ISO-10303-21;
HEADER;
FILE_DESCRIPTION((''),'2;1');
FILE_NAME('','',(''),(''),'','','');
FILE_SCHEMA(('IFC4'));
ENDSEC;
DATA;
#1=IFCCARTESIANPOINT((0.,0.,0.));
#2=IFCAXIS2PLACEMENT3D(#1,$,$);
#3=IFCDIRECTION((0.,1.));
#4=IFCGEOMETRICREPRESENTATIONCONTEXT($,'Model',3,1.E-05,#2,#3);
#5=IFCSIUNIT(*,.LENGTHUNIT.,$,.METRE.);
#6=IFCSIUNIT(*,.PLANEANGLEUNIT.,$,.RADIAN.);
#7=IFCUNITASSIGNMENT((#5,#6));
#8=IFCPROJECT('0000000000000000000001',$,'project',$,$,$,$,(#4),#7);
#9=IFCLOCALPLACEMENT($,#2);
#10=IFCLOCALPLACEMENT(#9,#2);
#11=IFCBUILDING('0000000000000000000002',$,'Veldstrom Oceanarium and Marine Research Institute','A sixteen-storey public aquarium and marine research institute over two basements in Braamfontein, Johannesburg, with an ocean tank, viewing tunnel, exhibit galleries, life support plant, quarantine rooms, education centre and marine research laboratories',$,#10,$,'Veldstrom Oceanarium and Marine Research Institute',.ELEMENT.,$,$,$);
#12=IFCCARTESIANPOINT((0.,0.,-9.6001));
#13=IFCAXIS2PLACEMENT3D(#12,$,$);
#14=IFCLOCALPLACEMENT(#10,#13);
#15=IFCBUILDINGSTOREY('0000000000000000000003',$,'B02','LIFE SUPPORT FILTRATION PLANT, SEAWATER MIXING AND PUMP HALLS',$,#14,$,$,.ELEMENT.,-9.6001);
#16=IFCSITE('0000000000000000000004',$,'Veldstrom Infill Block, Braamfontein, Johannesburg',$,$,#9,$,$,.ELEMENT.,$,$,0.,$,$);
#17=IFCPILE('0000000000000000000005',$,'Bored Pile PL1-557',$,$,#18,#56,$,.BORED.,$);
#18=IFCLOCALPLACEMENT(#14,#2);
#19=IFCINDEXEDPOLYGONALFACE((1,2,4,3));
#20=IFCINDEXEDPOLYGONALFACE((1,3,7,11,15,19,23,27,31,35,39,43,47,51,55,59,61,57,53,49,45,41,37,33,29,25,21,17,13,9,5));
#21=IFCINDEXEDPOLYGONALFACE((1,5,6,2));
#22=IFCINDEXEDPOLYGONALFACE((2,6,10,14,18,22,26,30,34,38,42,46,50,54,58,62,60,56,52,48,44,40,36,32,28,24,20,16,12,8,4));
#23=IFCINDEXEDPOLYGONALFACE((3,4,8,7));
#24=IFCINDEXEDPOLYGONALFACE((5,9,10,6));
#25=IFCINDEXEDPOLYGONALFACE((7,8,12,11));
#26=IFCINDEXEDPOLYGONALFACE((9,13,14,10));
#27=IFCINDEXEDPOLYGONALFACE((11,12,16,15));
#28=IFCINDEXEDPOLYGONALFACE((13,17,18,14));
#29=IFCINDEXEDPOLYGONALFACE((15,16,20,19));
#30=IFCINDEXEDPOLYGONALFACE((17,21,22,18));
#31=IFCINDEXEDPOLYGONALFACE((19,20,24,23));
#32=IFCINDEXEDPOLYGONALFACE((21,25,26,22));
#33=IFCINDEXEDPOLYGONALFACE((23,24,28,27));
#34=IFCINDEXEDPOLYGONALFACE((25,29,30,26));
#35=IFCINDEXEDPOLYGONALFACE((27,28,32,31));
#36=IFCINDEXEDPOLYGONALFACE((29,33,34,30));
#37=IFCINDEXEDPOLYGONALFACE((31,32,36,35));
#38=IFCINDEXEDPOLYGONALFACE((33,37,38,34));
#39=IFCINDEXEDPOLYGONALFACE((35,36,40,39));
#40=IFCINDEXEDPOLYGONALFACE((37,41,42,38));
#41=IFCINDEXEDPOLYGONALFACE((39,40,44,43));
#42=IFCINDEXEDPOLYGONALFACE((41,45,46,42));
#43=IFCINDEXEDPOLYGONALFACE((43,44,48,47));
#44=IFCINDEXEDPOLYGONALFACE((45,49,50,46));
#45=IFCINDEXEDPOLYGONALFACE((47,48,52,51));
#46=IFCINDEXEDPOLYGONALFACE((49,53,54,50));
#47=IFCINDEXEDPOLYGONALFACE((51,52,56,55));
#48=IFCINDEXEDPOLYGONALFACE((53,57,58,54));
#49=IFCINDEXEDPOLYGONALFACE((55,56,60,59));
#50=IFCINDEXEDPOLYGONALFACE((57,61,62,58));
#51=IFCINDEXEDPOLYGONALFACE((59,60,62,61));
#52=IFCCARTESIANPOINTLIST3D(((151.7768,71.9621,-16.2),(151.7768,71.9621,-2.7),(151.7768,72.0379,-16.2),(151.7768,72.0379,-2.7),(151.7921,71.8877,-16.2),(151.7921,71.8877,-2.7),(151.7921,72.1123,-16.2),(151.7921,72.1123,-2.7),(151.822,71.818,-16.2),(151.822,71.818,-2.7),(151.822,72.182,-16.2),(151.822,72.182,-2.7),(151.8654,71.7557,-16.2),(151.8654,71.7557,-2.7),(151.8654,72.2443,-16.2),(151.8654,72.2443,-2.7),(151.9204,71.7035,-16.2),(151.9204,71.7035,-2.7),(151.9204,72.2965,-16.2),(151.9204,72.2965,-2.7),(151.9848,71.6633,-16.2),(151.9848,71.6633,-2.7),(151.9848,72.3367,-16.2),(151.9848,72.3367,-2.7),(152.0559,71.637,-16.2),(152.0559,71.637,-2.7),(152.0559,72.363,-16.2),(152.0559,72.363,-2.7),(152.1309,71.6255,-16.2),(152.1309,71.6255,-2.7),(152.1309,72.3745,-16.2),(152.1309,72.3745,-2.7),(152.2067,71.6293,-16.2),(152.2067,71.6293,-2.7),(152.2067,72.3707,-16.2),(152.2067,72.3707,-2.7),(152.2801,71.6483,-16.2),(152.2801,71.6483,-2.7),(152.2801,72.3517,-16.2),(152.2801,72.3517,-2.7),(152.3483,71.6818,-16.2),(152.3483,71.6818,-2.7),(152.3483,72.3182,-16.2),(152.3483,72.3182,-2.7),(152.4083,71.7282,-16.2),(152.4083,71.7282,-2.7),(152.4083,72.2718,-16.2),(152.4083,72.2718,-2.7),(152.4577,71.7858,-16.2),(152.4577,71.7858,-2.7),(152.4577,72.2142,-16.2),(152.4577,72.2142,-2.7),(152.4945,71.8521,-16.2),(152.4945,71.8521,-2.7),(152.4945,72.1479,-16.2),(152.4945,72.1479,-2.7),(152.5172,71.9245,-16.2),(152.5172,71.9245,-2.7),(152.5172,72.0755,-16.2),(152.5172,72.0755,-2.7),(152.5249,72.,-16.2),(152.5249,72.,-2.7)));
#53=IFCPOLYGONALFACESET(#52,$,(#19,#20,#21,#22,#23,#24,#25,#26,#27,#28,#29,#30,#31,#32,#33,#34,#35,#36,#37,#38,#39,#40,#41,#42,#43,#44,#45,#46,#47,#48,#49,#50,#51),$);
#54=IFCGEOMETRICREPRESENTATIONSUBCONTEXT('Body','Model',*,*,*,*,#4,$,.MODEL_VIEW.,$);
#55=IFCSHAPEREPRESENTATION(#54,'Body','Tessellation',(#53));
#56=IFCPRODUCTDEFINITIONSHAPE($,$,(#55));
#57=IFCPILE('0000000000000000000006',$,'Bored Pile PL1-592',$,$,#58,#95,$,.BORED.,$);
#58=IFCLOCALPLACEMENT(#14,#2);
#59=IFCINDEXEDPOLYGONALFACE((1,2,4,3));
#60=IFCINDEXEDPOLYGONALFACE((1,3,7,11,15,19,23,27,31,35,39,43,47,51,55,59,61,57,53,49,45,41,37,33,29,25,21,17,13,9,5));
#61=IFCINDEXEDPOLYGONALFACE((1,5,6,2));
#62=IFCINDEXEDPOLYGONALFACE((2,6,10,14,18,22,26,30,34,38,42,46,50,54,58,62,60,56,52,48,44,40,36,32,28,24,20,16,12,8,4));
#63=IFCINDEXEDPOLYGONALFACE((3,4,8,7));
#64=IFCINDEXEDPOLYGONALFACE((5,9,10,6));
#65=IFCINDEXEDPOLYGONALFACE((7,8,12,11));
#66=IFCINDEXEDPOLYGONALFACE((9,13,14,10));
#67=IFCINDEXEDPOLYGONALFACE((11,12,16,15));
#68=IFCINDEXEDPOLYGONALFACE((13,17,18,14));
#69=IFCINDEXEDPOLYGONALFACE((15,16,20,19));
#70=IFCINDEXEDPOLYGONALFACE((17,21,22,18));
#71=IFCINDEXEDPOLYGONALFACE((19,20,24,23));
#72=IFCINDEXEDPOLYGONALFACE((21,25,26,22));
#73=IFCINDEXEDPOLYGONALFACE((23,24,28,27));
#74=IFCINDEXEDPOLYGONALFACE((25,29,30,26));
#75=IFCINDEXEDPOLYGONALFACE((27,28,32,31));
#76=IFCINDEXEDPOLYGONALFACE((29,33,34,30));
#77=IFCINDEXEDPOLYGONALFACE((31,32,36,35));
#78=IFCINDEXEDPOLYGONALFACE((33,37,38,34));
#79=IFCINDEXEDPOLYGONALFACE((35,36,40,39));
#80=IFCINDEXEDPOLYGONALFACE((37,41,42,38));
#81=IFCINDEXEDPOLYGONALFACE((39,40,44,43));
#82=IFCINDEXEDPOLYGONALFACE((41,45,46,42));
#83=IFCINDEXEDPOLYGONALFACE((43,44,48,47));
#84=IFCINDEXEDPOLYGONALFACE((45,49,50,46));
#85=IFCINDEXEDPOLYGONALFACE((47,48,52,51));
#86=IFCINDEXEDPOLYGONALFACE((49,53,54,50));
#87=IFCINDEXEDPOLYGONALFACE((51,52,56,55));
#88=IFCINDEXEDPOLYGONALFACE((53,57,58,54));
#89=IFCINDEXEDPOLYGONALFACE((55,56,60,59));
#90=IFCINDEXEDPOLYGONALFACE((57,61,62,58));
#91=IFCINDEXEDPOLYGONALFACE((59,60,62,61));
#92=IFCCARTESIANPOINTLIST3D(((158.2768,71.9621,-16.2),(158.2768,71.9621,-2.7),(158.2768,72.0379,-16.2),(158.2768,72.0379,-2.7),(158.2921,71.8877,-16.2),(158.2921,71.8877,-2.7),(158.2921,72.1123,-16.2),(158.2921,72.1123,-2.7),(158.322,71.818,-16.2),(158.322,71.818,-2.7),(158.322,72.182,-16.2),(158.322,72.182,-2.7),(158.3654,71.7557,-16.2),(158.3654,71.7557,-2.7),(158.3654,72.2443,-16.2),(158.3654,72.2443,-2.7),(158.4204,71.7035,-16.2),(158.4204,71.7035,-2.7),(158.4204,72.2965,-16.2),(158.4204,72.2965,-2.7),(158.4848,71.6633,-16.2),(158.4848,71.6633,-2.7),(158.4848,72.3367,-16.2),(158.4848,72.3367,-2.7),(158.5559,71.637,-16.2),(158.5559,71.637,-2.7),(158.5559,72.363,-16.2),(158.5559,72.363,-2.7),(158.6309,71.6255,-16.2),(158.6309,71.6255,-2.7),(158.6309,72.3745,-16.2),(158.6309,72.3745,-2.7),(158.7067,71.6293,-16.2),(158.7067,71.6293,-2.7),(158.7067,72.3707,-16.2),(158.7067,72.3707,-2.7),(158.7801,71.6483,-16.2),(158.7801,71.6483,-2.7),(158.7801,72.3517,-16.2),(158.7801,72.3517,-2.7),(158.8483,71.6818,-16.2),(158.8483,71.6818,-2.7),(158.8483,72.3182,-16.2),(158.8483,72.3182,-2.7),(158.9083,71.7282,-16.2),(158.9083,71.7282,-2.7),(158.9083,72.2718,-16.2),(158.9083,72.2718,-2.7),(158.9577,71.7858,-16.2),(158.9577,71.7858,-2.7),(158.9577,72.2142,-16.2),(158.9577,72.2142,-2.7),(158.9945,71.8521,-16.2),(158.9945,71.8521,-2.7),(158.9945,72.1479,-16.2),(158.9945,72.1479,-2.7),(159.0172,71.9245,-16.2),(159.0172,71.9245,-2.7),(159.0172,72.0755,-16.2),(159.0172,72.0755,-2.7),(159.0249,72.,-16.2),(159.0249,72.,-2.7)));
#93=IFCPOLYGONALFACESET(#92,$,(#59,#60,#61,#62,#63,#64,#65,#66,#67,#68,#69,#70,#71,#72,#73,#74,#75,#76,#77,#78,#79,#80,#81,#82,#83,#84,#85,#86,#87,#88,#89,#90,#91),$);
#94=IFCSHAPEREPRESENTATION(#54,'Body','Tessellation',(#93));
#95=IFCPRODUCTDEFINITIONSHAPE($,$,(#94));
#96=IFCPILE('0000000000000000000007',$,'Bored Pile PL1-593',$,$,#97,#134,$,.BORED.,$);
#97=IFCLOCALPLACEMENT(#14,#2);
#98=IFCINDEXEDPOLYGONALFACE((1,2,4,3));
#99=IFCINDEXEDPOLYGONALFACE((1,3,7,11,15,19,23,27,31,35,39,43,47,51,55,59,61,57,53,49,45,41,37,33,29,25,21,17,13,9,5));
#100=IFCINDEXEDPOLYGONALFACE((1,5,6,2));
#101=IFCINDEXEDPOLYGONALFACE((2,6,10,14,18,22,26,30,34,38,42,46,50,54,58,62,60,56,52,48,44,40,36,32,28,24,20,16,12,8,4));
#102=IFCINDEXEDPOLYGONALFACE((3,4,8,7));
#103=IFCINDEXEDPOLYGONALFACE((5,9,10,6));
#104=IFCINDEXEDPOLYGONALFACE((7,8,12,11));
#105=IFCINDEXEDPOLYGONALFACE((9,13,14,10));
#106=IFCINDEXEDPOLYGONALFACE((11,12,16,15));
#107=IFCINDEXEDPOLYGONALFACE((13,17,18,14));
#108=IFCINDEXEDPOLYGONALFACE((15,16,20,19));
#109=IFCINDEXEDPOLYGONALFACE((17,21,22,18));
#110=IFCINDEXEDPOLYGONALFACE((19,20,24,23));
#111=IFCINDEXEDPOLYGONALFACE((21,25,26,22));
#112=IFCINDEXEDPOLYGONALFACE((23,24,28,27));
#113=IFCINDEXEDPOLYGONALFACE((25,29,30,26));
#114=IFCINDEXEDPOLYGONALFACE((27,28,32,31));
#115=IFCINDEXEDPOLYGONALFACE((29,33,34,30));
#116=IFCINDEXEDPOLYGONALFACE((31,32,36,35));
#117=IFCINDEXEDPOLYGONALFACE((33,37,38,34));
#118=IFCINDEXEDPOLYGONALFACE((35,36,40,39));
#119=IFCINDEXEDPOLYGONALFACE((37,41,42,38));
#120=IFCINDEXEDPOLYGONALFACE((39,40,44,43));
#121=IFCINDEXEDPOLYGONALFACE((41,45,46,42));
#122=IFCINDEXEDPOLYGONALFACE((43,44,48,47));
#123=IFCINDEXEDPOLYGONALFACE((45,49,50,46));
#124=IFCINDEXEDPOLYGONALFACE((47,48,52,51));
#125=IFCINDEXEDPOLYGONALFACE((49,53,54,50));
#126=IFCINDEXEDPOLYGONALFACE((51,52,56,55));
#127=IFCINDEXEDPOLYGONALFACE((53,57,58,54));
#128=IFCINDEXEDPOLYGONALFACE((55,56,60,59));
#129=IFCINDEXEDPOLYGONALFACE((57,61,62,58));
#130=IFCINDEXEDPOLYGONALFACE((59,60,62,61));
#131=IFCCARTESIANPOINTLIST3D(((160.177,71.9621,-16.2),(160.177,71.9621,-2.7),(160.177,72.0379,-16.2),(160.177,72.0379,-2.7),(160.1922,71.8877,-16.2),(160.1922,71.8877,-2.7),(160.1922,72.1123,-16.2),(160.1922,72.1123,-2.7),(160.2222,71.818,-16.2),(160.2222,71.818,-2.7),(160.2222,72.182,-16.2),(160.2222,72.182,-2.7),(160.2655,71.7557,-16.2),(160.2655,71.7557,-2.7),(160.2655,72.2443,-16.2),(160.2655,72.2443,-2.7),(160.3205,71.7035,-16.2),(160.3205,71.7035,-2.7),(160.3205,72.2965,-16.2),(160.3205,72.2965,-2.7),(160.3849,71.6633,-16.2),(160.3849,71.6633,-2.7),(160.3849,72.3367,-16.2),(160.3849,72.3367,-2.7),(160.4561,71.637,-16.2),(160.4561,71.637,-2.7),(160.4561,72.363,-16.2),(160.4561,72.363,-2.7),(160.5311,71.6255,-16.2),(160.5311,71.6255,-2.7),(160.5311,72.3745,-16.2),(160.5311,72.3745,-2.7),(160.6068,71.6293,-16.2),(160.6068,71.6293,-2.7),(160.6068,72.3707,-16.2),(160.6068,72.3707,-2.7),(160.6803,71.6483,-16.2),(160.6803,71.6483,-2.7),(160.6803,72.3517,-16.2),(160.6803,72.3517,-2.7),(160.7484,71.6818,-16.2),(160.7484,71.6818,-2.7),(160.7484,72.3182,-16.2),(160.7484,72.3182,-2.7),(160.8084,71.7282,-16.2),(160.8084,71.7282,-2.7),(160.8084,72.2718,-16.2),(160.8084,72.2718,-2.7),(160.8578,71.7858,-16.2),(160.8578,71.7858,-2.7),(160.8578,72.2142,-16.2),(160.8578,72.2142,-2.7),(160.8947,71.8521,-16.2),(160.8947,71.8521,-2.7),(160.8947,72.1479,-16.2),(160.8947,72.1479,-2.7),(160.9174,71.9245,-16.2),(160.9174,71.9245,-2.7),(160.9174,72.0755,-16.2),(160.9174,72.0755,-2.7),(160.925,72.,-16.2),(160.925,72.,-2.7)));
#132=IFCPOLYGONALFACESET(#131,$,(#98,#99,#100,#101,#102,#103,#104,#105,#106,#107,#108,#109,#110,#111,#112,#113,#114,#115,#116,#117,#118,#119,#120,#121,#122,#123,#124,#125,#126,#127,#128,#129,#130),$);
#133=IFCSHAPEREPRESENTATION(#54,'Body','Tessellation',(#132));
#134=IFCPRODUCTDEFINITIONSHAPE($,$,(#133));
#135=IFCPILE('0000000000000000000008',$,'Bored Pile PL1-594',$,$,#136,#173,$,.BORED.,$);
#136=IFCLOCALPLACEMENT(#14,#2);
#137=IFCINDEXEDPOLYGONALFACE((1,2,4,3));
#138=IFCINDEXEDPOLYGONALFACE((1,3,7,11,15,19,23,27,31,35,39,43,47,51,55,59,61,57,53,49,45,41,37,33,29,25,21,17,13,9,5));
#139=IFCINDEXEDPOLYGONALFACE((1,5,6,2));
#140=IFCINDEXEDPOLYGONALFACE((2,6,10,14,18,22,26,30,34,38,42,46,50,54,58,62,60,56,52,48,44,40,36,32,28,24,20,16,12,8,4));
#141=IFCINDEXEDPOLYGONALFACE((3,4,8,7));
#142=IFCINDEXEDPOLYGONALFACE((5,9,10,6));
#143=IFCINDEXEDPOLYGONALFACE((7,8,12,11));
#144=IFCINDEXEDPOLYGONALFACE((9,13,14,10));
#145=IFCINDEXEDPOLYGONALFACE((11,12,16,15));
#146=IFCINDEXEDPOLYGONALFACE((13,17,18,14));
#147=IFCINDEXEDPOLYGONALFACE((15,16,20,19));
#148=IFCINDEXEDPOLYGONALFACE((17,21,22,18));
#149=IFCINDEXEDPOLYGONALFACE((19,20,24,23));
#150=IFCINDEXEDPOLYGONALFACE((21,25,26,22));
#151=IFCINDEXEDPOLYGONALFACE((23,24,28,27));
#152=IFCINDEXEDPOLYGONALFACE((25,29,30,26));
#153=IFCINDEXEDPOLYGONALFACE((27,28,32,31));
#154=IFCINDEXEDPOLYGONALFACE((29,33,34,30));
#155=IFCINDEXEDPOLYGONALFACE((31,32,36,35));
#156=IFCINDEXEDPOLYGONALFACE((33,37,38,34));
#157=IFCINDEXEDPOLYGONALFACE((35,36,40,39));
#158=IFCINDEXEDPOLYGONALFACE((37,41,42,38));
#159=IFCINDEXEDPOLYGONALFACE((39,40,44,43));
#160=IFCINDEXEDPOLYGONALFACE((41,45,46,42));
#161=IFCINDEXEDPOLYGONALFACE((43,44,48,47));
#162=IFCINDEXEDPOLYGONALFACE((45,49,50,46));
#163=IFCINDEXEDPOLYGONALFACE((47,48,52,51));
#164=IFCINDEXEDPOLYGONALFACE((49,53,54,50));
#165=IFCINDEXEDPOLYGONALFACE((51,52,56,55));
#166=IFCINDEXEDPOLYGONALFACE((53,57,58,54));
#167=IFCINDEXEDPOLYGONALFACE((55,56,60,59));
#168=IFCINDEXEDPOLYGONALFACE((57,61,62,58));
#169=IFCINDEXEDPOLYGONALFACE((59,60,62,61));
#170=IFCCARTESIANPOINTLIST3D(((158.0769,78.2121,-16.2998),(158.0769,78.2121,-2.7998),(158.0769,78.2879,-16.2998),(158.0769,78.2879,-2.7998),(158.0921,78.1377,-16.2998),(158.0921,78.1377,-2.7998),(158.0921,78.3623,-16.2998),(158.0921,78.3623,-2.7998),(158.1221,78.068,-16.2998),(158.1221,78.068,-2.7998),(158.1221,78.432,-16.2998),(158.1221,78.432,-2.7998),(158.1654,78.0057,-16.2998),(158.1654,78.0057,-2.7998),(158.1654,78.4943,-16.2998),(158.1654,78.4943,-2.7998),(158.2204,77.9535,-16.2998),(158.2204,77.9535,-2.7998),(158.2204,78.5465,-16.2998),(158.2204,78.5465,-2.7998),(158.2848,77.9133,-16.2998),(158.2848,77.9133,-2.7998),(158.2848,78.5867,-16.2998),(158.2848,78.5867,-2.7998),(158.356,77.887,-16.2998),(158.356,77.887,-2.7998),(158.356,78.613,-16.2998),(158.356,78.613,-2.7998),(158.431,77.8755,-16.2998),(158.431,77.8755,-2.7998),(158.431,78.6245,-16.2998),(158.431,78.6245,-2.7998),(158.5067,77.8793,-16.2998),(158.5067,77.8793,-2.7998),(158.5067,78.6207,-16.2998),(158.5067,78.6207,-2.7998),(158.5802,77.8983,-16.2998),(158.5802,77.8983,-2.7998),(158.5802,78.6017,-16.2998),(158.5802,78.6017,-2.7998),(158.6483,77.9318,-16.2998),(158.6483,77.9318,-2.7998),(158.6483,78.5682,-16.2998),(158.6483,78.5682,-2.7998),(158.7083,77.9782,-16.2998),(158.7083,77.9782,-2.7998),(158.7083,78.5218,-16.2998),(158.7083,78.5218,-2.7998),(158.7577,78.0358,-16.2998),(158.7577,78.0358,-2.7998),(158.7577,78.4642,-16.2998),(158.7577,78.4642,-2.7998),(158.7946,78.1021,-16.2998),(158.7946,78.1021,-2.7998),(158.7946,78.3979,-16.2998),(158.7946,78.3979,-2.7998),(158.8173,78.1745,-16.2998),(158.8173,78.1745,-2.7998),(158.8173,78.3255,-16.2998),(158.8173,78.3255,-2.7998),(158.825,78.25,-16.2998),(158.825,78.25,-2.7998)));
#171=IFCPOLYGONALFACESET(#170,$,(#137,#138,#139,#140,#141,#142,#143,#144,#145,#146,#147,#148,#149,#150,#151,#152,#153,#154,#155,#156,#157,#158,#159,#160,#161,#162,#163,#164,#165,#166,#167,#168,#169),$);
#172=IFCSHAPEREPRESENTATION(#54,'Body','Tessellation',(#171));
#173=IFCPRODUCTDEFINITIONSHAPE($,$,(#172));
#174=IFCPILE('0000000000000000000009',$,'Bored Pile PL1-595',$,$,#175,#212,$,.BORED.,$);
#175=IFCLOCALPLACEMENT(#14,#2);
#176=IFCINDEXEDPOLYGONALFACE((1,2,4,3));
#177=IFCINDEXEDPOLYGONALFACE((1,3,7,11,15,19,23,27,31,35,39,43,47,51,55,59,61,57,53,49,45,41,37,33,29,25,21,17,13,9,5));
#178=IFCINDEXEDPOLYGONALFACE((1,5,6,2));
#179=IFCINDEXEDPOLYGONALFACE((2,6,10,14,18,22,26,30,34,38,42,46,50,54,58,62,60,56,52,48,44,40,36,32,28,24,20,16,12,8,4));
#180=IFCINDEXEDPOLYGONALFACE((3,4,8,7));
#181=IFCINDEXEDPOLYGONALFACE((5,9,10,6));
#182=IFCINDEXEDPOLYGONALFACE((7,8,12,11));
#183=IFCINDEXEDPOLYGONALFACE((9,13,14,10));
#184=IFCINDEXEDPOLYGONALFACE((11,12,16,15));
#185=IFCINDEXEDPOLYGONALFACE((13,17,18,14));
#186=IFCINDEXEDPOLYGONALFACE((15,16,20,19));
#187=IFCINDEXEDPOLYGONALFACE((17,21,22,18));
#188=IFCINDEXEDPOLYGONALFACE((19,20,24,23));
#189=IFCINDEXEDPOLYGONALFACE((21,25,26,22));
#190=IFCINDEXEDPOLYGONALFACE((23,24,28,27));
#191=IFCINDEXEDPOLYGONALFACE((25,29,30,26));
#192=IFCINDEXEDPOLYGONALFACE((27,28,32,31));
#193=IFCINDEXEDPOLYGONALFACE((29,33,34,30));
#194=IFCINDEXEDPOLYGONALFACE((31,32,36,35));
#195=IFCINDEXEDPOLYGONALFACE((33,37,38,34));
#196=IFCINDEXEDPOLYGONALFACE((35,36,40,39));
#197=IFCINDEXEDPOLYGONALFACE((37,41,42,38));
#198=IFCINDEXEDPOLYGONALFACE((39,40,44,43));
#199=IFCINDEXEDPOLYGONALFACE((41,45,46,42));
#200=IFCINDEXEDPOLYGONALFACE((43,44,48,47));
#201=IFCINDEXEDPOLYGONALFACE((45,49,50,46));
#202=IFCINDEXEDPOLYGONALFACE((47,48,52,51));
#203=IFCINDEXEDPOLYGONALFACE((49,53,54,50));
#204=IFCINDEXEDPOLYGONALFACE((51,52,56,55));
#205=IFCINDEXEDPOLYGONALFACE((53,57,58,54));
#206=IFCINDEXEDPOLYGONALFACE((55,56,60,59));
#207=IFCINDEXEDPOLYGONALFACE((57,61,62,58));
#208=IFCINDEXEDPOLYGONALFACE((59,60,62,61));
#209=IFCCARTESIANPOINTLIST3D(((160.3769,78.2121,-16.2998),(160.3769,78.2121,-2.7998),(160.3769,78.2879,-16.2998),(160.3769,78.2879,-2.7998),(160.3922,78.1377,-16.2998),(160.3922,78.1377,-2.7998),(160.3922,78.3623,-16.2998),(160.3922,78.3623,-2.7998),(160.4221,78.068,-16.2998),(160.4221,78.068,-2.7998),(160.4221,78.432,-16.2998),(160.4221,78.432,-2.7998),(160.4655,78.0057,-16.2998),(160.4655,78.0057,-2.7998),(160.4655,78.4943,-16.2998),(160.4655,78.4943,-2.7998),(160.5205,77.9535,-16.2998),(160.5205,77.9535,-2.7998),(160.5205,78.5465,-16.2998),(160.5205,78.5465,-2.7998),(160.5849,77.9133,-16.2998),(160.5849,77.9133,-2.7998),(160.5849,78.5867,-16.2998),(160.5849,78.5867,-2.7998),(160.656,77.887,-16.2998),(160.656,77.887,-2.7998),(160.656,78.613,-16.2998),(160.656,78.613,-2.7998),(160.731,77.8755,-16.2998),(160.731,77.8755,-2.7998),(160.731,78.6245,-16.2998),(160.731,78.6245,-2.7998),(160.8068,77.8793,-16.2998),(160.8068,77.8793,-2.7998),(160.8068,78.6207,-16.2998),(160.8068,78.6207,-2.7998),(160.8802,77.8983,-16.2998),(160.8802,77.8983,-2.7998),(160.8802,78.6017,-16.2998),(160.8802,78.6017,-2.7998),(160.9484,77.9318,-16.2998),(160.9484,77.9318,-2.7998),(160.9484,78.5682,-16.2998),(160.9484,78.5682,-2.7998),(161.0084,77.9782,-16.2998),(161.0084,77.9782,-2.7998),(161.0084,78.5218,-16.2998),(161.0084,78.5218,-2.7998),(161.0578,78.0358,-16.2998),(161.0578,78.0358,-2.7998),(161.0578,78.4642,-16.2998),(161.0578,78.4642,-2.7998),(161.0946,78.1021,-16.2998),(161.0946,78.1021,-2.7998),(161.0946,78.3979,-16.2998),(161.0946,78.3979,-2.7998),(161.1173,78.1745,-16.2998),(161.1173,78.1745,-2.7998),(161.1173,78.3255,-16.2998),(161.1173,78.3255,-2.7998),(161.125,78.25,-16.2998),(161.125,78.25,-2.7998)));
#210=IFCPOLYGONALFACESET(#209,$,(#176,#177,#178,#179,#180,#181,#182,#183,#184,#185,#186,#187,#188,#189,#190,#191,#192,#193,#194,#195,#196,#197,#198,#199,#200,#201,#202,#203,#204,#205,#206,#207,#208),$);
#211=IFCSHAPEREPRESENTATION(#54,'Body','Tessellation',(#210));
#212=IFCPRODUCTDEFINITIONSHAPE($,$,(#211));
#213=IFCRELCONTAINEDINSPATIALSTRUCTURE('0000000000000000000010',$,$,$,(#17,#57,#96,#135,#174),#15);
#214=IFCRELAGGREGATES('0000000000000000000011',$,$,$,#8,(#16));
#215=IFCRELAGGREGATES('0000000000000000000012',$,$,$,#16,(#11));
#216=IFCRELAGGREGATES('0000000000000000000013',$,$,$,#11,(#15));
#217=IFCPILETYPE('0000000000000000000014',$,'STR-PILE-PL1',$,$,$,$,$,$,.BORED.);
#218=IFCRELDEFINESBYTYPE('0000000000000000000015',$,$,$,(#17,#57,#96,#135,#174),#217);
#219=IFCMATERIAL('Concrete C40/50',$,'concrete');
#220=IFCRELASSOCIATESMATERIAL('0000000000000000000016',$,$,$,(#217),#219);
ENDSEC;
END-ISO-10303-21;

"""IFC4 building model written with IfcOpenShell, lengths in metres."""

from ifc_helpers import new_model, si_unit, direction, frame, origin, origin_2d, place, context, subcontext, project, spatial, circle, extrude, material, material_profile, profile_set, type_object, element, save


model = new_model("IFC4")

# Units and contexts
model_context = context("Model", 3, precision=1e-05, world=origin(), true_north=direction((0.0, 1.0)))
body_context = subcontext(model_context, "Body", "Model", "MODEL_VIEW")
ifc_project = project(units=[si_unit("LENGTHUNIT", "METRE"), si_unit("PLANEANGLEUNIT", "RADIAN")], contexts=[model_context])

# Site, building, storey
site_placement = place(None, origin())
site = spatial("IfcSite", under=ifc_project, at=site_placement, Name="Veldstrom Infill Block, Braamfontein, Johannesburg", CompositionType="ELEMENT", RefElevation=0.0)
building_placement = place(site_placement, origin())
building = spatial("IfcBuilding", under=site, at=building_placement, Name="Veldstrom Oceanarium and Marine Research Institute", Description="A sixteen-storey public aquarium and marine research institute over two basements in Braamfontein, Johannesburg, with an ocean tank, viewing tunnel, exhibit galleries, life support plant, quarantine rooms, education centre and marine research laboratories", LongName="Veldstrom Oceanarium and Marine Research Institute", CompositionType="ELEMENT")
storey_placement = place(building_placement, frame((0.0, 0.0, -9.6001)))
storey = spatial("IfcBuildingStorey", under=building, at=storey_placement, Name="B02", Description="LIFE SUPPORT FILTRATION PLANT, SEAWATER MIXING AND PUMP HALLS", CompositionType="ELEMENT", Elevation=-9.6001)

# Piles
ifc_material_1 = material(Name="Concrete C40/50", Category="concrete")
ifc_material_profile_1 = material_profile(ifc_material_1, circle(Radius=0.375, at=origin_2d()), Name="PILE-D750")
ifc_profile_set_1 = profile_set([ifc_material_profile_1], Name="Concrete C40/50")
pile_type = type_object("IfcPileType", Name="STR-PILE-PL1", PredefinedType="BORED", material=ifc_profile_set_1)
for number, where, z_axis, x_axis, name in (
    (1, (152.1499, 72.0, -2.7), (0.0, 0.0, -1.0), (1.0, 0.0, 0.0), "Bored Pile PL1-557"),
    (2, (158.6499, 72.0, -2.7), (0.0, 0.0, -1.0), (1.0, 0.0, 0.0), "Bored Pile PL1-592"),
    (3, (160.55, 72.0, -2.7), (0.0, 0.0, -1.0), (1.0, 0.0, 0.0), "Bored Pile PL1-593"),
    (4, (158.45, 78.25, -2.7998), (0.0, 0.0, -1.0), (1.0, 0.0, 0.0), "Bored Pile PL1-594"),
    (5, (160.75, 78.25, -2.7998), (0.0, 0.0, -1.0), (1.0, 0.0, 0.0), "Bored Pile PL1-595"),
):
    element("IfcPile", number, at=place(storey_placement, frame(where, z_axis=z_axis, x_axis=x_axis)), inside=storey, type_object=pile_type, Name=name, PredefinedType="BORED", context=body_context, shape_type="SweptSolid", body=[
        extrude(circle(Radius=0.375, at=origin_2d()), origin(), (0.0, 0.0, 1.0), 13.5),
    ])

save(model, "model.ifc")
